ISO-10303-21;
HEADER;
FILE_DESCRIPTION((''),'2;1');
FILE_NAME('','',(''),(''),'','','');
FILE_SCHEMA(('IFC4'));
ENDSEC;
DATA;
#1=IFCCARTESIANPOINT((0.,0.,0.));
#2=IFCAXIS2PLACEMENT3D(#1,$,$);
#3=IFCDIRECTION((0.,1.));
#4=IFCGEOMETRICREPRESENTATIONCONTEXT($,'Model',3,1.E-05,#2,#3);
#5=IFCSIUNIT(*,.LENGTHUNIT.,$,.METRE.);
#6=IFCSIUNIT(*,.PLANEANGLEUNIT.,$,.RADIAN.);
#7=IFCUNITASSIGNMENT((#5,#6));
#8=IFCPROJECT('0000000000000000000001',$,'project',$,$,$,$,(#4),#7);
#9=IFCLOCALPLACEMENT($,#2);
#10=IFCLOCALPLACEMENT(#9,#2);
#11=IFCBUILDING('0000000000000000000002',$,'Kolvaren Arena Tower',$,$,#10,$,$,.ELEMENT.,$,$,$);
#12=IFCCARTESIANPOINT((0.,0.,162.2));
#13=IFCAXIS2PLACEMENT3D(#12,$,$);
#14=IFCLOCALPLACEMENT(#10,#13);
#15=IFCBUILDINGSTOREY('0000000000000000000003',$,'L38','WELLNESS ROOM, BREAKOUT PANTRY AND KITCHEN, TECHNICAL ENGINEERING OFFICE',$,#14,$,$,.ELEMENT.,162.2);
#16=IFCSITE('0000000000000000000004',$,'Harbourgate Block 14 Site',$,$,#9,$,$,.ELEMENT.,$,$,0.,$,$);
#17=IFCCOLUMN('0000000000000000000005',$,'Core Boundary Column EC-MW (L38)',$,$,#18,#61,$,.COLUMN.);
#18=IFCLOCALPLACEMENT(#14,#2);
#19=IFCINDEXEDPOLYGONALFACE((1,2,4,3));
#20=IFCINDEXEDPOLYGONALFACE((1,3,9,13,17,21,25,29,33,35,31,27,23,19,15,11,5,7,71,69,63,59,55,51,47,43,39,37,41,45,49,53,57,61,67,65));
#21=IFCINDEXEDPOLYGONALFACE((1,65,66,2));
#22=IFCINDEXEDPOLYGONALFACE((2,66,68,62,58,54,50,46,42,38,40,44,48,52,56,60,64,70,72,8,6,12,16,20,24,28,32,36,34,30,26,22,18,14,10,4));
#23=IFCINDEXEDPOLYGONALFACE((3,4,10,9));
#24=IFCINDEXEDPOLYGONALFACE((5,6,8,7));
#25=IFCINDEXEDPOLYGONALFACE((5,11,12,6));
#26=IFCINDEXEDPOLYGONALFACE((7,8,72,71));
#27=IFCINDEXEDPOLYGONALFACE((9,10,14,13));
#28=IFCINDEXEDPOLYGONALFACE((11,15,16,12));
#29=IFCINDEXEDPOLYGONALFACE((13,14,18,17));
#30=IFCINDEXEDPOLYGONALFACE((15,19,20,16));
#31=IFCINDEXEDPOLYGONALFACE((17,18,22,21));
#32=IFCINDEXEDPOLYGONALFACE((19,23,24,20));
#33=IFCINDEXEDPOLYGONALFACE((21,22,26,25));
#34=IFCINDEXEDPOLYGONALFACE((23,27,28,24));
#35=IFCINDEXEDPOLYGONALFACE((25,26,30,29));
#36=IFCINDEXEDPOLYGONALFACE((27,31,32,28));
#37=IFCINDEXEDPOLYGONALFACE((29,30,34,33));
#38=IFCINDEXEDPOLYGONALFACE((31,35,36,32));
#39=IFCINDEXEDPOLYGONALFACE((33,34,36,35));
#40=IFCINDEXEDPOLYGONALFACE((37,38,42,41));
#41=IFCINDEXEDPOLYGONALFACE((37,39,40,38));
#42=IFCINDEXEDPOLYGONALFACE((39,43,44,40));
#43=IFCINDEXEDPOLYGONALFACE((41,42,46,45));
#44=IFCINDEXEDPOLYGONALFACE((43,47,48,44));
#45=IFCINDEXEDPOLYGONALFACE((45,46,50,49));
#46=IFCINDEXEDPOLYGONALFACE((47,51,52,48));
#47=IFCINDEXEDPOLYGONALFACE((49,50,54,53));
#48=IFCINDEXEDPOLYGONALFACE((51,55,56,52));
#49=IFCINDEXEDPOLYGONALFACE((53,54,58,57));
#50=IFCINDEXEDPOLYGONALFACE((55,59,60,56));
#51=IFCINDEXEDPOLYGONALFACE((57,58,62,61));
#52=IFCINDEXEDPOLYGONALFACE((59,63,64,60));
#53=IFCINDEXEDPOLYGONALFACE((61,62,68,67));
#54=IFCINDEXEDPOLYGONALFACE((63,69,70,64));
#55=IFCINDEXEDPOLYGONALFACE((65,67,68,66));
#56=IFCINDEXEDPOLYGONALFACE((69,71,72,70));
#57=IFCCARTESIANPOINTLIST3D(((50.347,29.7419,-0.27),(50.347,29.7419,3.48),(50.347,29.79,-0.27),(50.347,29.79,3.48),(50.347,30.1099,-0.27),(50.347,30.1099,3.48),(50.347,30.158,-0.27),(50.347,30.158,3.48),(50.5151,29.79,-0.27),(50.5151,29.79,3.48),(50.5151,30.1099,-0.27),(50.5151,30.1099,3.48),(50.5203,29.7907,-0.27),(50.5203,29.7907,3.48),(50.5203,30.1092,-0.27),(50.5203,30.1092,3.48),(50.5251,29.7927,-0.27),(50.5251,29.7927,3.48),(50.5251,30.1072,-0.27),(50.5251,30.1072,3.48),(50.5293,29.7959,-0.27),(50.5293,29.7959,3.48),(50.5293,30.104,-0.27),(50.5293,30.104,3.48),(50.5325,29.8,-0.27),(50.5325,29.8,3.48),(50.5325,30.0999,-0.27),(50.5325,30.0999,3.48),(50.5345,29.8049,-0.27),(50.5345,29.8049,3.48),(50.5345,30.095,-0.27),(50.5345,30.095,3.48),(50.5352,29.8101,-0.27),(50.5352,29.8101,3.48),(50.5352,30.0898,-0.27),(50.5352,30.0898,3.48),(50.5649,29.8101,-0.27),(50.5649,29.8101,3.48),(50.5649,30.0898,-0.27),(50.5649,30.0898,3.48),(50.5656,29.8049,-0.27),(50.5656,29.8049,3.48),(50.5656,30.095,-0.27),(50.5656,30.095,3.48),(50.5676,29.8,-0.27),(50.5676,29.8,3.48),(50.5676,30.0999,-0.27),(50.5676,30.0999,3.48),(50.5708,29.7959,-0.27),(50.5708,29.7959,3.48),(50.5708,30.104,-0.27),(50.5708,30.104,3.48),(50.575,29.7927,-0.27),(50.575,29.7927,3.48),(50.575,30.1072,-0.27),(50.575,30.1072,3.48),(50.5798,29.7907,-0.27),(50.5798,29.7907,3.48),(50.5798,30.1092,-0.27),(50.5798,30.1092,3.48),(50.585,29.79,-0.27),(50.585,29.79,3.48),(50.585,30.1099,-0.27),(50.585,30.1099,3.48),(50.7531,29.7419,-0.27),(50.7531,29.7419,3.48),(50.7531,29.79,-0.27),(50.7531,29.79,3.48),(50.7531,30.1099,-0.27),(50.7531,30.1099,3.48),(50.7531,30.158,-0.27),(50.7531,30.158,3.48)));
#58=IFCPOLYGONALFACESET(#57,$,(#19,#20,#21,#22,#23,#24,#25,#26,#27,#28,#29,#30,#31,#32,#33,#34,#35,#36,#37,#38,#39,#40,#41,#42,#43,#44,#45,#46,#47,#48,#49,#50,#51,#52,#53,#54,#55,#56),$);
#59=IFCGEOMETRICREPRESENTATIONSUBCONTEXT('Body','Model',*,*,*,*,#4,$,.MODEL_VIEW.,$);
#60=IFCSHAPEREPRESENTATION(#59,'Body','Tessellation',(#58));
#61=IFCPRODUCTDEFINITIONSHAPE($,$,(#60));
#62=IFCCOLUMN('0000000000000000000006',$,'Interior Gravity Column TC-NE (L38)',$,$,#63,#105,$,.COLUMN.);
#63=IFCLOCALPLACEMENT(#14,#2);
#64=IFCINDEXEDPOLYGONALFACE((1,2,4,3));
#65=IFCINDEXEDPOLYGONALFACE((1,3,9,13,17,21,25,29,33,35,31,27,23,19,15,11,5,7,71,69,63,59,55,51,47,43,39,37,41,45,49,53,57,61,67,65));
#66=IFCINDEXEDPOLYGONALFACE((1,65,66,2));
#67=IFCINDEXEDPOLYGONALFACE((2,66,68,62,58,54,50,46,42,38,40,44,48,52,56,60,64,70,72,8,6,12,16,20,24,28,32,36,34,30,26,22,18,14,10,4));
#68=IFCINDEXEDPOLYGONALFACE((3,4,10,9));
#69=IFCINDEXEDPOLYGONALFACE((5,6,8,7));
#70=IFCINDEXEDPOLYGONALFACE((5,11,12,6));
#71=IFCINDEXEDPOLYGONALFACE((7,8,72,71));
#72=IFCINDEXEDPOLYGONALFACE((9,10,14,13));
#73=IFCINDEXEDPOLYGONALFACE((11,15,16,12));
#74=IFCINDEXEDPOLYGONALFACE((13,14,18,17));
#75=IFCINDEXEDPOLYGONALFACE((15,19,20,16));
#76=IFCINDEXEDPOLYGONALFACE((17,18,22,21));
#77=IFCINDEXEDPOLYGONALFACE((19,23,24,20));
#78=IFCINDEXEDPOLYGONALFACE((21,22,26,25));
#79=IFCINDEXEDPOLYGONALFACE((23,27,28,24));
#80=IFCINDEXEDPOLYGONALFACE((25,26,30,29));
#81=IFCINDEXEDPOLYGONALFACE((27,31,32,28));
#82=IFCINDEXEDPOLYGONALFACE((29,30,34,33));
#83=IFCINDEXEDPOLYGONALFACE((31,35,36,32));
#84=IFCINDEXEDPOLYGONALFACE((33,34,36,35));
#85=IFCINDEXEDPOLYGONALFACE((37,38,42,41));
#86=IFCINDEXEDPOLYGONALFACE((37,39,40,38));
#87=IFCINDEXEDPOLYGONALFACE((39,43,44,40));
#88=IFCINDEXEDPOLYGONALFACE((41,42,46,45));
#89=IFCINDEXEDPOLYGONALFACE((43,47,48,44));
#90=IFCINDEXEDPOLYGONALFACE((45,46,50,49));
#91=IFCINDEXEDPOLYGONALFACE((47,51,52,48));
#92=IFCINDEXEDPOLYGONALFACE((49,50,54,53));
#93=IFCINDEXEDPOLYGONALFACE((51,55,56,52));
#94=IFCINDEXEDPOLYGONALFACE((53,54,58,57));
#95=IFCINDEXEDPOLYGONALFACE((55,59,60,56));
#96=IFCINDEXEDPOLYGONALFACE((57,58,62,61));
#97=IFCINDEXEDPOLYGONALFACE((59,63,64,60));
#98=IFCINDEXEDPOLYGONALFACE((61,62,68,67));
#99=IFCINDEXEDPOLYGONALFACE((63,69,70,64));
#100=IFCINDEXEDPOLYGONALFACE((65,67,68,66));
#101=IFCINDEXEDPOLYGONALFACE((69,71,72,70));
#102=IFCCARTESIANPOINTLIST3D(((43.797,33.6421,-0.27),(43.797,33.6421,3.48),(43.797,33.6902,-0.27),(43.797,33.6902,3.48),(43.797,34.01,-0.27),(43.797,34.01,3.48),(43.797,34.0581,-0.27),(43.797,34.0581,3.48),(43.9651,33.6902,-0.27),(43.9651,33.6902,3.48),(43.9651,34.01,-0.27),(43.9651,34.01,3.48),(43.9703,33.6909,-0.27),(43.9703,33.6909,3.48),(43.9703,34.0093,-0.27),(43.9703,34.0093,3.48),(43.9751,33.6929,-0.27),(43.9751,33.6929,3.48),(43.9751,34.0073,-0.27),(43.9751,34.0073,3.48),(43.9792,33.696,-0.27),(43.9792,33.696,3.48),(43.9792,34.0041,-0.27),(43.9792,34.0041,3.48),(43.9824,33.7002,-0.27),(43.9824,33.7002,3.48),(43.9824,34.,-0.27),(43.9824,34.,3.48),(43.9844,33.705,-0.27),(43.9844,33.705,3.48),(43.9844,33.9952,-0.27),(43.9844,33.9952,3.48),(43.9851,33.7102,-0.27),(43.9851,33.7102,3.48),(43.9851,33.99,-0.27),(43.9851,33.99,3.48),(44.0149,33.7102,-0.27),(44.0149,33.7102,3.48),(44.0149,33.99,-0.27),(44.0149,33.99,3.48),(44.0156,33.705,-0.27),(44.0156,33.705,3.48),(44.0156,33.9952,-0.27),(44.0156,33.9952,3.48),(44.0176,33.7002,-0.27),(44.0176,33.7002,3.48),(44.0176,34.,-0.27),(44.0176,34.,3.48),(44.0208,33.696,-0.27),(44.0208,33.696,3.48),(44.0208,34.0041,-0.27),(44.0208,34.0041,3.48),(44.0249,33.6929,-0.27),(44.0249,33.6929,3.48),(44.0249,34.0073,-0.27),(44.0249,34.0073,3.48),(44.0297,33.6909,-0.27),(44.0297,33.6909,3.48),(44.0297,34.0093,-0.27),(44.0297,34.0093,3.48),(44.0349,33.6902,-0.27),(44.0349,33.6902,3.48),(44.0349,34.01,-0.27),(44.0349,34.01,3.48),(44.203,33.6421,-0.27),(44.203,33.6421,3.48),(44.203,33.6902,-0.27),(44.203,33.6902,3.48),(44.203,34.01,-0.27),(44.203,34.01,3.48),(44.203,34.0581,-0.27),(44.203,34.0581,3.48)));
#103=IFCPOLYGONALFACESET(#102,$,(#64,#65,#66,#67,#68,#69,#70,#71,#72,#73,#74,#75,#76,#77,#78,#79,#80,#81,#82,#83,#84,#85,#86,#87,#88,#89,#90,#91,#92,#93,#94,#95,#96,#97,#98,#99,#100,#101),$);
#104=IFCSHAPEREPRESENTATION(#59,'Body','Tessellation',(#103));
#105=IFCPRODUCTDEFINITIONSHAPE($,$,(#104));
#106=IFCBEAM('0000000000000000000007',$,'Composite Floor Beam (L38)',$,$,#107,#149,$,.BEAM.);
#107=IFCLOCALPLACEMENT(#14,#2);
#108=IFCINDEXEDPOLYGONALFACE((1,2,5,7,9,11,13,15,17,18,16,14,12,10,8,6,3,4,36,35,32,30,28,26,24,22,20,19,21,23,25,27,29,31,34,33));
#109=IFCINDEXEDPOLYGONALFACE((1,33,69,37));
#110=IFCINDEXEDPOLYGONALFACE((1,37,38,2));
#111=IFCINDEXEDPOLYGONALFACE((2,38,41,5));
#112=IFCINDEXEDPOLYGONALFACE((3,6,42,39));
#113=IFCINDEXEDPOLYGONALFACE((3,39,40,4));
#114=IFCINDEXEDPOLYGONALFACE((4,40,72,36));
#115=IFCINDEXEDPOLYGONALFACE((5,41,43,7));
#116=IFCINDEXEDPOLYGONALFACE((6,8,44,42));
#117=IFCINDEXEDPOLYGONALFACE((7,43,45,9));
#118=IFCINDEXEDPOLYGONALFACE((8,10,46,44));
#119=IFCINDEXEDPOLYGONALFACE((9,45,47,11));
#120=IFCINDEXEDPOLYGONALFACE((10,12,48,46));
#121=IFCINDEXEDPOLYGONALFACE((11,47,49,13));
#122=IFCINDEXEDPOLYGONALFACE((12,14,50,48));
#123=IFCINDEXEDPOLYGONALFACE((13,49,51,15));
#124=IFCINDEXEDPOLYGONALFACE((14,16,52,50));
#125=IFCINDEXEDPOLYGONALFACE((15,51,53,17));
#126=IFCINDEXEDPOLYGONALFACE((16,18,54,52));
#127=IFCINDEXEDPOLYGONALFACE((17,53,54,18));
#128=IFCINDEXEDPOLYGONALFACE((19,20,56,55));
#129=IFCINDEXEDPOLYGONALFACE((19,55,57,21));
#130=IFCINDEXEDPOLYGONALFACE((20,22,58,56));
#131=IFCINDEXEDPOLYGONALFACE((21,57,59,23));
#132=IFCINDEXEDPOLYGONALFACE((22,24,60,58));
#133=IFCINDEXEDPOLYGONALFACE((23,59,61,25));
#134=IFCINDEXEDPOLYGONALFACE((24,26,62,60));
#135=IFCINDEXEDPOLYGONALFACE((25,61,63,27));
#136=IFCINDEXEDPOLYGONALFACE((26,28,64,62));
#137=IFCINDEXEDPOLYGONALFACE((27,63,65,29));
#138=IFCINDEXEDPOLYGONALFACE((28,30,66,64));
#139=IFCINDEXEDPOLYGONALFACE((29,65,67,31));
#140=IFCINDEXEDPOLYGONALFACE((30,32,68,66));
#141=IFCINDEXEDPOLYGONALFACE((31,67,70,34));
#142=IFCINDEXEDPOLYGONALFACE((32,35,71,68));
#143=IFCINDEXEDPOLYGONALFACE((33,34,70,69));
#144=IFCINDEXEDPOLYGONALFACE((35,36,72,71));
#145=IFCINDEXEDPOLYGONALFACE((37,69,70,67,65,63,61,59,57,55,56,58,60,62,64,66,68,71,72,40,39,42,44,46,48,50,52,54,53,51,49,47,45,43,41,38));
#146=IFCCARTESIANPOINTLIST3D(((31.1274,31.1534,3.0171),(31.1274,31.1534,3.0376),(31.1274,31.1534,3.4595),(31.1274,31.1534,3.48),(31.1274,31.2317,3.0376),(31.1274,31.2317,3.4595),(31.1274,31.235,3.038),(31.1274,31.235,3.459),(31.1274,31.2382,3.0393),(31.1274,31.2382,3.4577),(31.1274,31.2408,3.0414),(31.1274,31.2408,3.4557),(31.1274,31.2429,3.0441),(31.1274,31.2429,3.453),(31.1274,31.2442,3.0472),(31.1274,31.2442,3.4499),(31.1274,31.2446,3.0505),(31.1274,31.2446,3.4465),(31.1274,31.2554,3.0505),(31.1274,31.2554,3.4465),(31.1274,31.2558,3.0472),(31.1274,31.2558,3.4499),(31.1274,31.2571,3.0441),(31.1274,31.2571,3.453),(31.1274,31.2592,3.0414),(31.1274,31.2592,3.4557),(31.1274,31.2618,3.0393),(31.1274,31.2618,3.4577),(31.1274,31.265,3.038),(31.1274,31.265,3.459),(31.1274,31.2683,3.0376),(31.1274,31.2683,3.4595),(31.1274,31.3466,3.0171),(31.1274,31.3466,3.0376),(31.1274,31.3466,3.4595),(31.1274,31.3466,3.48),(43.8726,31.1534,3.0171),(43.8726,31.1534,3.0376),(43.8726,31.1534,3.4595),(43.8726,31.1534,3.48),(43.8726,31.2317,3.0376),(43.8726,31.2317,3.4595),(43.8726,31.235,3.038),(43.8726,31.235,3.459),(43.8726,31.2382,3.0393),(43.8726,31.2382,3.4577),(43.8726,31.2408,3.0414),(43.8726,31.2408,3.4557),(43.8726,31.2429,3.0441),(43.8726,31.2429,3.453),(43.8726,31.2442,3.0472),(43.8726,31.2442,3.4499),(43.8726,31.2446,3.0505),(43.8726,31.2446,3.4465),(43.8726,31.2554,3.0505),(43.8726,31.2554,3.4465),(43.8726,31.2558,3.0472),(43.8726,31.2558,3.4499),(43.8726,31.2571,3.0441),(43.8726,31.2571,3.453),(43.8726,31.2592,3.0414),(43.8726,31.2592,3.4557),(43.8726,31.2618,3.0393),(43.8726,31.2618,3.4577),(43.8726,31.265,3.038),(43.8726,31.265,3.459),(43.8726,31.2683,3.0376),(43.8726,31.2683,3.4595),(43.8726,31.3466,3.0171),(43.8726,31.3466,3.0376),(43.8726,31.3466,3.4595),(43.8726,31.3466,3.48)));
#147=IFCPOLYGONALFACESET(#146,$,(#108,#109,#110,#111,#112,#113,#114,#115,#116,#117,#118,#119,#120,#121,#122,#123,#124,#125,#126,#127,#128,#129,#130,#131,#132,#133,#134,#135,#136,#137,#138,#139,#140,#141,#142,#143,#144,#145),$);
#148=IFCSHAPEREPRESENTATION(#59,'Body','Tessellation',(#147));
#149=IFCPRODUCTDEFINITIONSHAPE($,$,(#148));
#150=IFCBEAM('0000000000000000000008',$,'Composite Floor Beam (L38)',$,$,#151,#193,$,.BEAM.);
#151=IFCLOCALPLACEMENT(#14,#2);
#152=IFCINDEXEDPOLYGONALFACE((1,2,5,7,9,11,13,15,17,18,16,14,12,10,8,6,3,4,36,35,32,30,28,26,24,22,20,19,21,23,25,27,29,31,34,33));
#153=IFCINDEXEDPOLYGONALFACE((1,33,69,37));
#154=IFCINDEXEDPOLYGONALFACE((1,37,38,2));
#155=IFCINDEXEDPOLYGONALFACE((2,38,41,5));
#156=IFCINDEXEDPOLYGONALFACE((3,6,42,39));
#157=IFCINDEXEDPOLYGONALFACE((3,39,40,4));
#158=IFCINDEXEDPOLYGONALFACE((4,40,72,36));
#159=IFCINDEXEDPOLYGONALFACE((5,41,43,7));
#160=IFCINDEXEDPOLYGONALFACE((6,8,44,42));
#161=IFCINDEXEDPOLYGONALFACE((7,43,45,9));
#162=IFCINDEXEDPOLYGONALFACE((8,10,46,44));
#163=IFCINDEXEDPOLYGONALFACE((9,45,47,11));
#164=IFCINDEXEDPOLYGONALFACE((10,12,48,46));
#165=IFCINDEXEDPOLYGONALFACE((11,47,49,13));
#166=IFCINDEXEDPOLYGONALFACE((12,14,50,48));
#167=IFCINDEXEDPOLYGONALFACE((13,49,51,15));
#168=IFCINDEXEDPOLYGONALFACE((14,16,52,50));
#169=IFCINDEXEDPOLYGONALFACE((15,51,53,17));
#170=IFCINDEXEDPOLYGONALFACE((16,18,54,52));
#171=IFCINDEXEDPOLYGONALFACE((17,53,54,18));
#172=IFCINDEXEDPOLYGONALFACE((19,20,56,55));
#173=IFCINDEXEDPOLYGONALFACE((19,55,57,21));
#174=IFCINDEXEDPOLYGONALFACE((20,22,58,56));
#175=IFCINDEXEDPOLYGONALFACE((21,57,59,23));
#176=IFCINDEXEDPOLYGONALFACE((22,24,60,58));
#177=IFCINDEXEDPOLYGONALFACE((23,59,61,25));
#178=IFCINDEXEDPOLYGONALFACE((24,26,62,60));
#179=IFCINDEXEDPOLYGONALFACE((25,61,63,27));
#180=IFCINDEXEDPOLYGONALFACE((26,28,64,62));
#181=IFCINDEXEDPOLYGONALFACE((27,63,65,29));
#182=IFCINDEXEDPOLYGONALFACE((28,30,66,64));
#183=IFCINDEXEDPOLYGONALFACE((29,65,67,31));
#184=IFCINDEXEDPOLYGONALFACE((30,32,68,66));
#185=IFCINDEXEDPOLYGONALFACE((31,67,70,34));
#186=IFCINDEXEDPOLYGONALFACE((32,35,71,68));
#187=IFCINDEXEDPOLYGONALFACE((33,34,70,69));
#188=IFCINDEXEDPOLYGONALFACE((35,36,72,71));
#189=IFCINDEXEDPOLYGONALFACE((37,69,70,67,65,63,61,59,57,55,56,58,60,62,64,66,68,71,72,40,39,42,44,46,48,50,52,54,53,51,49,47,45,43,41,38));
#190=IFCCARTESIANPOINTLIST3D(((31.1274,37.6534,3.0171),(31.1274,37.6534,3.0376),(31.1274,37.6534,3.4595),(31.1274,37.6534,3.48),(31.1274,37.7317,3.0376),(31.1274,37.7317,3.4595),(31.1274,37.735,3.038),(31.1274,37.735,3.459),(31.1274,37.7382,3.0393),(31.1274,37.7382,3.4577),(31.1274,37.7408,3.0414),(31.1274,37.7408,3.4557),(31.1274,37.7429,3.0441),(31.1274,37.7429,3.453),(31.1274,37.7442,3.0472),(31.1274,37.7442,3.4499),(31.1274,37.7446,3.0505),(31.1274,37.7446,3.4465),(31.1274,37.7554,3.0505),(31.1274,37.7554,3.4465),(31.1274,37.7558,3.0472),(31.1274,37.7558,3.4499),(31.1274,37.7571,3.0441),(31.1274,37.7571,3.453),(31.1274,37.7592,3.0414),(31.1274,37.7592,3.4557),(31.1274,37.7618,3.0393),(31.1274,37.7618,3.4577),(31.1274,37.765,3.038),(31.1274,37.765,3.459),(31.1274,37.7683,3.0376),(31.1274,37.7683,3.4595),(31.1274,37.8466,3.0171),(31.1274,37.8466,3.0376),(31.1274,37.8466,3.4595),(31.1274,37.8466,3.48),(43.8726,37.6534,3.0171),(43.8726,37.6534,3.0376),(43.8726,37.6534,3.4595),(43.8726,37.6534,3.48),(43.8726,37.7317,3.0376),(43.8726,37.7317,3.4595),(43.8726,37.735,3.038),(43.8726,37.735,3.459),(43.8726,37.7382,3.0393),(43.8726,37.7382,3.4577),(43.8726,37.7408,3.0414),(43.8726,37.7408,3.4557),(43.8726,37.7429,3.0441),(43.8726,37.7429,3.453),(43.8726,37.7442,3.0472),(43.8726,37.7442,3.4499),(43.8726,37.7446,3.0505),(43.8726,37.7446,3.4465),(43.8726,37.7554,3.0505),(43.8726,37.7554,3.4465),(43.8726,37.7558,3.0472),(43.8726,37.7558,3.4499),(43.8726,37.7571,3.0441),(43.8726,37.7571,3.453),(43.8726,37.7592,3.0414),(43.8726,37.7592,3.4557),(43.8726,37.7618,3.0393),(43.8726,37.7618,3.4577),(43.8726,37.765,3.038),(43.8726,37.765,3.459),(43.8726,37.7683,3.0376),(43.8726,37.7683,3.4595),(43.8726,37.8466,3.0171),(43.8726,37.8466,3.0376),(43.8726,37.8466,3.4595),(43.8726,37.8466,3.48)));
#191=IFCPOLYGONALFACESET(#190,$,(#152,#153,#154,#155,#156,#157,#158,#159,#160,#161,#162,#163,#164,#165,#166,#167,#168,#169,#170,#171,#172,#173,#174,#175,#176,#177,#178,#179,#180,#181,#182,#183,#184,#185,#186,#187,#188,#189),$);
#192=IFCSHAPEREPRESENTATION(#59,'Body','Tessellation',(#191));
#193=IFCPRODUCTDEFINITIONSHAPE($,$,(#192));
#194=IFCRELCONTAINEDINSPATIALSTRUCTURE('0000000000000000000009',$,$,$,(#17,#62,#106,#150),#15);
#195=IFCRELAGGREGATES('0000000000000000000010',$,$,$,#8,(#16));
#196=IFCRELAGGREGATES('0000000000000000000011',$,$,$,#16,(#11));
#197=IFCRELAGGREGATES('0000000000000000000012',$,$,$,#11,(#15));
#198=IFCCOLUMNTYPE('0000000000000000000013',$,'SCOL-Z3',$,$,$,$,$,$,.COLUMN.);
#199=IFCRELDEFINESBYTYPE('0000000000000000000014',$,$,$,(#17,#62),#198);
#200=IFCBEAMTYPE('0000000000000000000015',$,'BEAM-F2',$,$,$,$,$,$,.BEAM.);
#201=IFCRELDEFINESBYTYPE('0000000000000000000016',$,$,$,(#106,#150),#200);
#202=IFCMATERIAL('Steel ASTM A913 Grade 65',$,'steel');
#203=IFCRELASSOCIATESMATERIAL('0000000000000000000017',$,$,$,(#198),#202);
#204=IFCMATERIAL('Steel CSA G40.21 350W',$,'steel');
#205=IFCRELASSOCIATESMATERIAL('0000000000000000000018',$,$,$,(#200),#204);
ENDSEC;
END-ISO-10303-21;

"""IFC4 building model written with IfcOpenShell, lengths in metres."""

from ifc_helpers import new_model, si_unit, direction, frame, origin, origin_2d, place, context, subcontext, project, spatial, i_section, extrude, material, material_profile, profile_set, type_object, element, save


model = new_model("IFC4")

# Units and contexts
model_context = context("Model", 3, precision=1e-05, world=origin(), true_north=direction((0.0, 1.0)))
body_context = subcontext(model_context, "Body", "Model", "MODEL_VIEW")
ifc_project = project(units=[si_unit("LENGTHUNIT", "METRE"), si_unit("PLANEANGLEUNIT", "RADIAN")], contexts=[model_context])

# Site, building, storey
site_placement = place(None, origin())
site = spatial("IfcSite", under=ifc_project, at=site_placement, Name="Harbourgate Block 14 Site", CompositionType="ELEMENT", RefElevation=0.0)
building_placement = place(site_placement, origin())
building = spatial("IfcBuilding", under=site, at=building_placement, Name="Kolvaren Arena Tower", CompositionType="ELEMENT")
storey_placement = place(building_placement, frame((0.0, 0.0, 162.2)))
storey = spatial("IfcBuildingStorey", under=building, at=storey_placement, Name="L38", Description="WELLNESS ROOM, BREAKOUT PANTRY AND KITCHEN, TECHNICAL ENGINEERING OFFICE", CompositionType="ELEMENT", Elevation=162.2)

# Columns
ifc_material_1 = material(Name="Steel ASTM A913 Grade 65", Category="steel")
ifc_material_profile_1 = material_profile(ifc_material_1, i_section(OverallWidth=0.406, OverallDepth=0.416, WebThickness=0.0298, FlangeThickness=0.0481, FilletRadius=0.02, at=origin_2d()), Name="W360x382")
ifc_profile_set_1 = profile_set([ifc_material_profile_1], Name="Steel ASTM A913 Grade 65")
column_type = type_object("IfcColumnType", Name="SCOL-Z3", PredefinedType="COLUMN", material=ifc_profile_set_1)
for number, where, z_axis, x_axis, name in (
    (1, (50.55, 29.95, -0.27), (0.0, 0.0, 1.0), (1.0, 0.0, 0.0), "Core Boundary Column EC-MW (L38)"),
    (2, (44.0, 33.8501, -0.27), (0.0, 0.0, 1.0), (1.0, 0.0, 0.0), "Interior Gravity Column TC-NE (L38)"),
):
    element("IfcColumn", number, at=place(storey_placement, frame(where, z_axis=z_axis, x_axis=x_axis)), inside=storey, type_object=column_type, Name=name, PredefinedType="COLUMN", context=body_context, shape_type="SweptSolid", body=[
        extrude(i_section(OverallWidth=0.406, OverallDepth=0.416, WebThickness=0.0298, FlangeThickness=0.0481, FilletRadius=0.02, at=origin_2d()), origin(), (0.0, 0.0, 1.0), 3.75),
    ])

# Beams
ifc_material_2 = material(Name="Steel CSA G40.21 350W", Category="steel")
ifc_material_profile_2 = material_profile(ifc_material_2, i_section(OverallWidth=0.1931, OverallDepth=0.4629, WebThickness=0.0107, FlangeThickness=0.0205, FilletRadius=0.0129, at=origin_2d()), Name="W460x113")
ifc_profile_set_2 = profile_set([ifc_material_profile_2], Name="Steel CSA G40.21 350W")
beam_type_1 = type_object("IfcBeamType", Name="BEAM-F2", PredefinedType="BEAM", material=ifc_profile_set_2)
for number, where, z_axis, x_axis, name in (
    (3, (31.1274, 31.25, 3.2485), (1.0, 0.0, 0.0), (0.0, 1.0, 0.0), "Composite Floor Beam (L38)"),
    (4, (31.1274, 37.75, 3.2485), (1.0, 0.0, 0.0), (0.0, 1.0, 0.0), "Composite Floor Beam (L38)"),
):
    element("IfcBeam", number, at=place(storey_placement, frame(where, z_axis=z_axis, x_axis=x_axis)), inside=storey, type_object=beam_type_1, Name=name, PredefinedType="BEAM", context=body_context, shape_type="SweptSolid", body=[
        extrude(i_section(OverallWidth=0.1931, OverallDepth=0.4629, WebThickness=0.0107, FlangeThickness=0.0205, FilletRadius=0.0129, at=origin_2d()), origin(), (0.0, 0.0, 1.0), 12.7451),
    ])

save(model, "model.ifc")
